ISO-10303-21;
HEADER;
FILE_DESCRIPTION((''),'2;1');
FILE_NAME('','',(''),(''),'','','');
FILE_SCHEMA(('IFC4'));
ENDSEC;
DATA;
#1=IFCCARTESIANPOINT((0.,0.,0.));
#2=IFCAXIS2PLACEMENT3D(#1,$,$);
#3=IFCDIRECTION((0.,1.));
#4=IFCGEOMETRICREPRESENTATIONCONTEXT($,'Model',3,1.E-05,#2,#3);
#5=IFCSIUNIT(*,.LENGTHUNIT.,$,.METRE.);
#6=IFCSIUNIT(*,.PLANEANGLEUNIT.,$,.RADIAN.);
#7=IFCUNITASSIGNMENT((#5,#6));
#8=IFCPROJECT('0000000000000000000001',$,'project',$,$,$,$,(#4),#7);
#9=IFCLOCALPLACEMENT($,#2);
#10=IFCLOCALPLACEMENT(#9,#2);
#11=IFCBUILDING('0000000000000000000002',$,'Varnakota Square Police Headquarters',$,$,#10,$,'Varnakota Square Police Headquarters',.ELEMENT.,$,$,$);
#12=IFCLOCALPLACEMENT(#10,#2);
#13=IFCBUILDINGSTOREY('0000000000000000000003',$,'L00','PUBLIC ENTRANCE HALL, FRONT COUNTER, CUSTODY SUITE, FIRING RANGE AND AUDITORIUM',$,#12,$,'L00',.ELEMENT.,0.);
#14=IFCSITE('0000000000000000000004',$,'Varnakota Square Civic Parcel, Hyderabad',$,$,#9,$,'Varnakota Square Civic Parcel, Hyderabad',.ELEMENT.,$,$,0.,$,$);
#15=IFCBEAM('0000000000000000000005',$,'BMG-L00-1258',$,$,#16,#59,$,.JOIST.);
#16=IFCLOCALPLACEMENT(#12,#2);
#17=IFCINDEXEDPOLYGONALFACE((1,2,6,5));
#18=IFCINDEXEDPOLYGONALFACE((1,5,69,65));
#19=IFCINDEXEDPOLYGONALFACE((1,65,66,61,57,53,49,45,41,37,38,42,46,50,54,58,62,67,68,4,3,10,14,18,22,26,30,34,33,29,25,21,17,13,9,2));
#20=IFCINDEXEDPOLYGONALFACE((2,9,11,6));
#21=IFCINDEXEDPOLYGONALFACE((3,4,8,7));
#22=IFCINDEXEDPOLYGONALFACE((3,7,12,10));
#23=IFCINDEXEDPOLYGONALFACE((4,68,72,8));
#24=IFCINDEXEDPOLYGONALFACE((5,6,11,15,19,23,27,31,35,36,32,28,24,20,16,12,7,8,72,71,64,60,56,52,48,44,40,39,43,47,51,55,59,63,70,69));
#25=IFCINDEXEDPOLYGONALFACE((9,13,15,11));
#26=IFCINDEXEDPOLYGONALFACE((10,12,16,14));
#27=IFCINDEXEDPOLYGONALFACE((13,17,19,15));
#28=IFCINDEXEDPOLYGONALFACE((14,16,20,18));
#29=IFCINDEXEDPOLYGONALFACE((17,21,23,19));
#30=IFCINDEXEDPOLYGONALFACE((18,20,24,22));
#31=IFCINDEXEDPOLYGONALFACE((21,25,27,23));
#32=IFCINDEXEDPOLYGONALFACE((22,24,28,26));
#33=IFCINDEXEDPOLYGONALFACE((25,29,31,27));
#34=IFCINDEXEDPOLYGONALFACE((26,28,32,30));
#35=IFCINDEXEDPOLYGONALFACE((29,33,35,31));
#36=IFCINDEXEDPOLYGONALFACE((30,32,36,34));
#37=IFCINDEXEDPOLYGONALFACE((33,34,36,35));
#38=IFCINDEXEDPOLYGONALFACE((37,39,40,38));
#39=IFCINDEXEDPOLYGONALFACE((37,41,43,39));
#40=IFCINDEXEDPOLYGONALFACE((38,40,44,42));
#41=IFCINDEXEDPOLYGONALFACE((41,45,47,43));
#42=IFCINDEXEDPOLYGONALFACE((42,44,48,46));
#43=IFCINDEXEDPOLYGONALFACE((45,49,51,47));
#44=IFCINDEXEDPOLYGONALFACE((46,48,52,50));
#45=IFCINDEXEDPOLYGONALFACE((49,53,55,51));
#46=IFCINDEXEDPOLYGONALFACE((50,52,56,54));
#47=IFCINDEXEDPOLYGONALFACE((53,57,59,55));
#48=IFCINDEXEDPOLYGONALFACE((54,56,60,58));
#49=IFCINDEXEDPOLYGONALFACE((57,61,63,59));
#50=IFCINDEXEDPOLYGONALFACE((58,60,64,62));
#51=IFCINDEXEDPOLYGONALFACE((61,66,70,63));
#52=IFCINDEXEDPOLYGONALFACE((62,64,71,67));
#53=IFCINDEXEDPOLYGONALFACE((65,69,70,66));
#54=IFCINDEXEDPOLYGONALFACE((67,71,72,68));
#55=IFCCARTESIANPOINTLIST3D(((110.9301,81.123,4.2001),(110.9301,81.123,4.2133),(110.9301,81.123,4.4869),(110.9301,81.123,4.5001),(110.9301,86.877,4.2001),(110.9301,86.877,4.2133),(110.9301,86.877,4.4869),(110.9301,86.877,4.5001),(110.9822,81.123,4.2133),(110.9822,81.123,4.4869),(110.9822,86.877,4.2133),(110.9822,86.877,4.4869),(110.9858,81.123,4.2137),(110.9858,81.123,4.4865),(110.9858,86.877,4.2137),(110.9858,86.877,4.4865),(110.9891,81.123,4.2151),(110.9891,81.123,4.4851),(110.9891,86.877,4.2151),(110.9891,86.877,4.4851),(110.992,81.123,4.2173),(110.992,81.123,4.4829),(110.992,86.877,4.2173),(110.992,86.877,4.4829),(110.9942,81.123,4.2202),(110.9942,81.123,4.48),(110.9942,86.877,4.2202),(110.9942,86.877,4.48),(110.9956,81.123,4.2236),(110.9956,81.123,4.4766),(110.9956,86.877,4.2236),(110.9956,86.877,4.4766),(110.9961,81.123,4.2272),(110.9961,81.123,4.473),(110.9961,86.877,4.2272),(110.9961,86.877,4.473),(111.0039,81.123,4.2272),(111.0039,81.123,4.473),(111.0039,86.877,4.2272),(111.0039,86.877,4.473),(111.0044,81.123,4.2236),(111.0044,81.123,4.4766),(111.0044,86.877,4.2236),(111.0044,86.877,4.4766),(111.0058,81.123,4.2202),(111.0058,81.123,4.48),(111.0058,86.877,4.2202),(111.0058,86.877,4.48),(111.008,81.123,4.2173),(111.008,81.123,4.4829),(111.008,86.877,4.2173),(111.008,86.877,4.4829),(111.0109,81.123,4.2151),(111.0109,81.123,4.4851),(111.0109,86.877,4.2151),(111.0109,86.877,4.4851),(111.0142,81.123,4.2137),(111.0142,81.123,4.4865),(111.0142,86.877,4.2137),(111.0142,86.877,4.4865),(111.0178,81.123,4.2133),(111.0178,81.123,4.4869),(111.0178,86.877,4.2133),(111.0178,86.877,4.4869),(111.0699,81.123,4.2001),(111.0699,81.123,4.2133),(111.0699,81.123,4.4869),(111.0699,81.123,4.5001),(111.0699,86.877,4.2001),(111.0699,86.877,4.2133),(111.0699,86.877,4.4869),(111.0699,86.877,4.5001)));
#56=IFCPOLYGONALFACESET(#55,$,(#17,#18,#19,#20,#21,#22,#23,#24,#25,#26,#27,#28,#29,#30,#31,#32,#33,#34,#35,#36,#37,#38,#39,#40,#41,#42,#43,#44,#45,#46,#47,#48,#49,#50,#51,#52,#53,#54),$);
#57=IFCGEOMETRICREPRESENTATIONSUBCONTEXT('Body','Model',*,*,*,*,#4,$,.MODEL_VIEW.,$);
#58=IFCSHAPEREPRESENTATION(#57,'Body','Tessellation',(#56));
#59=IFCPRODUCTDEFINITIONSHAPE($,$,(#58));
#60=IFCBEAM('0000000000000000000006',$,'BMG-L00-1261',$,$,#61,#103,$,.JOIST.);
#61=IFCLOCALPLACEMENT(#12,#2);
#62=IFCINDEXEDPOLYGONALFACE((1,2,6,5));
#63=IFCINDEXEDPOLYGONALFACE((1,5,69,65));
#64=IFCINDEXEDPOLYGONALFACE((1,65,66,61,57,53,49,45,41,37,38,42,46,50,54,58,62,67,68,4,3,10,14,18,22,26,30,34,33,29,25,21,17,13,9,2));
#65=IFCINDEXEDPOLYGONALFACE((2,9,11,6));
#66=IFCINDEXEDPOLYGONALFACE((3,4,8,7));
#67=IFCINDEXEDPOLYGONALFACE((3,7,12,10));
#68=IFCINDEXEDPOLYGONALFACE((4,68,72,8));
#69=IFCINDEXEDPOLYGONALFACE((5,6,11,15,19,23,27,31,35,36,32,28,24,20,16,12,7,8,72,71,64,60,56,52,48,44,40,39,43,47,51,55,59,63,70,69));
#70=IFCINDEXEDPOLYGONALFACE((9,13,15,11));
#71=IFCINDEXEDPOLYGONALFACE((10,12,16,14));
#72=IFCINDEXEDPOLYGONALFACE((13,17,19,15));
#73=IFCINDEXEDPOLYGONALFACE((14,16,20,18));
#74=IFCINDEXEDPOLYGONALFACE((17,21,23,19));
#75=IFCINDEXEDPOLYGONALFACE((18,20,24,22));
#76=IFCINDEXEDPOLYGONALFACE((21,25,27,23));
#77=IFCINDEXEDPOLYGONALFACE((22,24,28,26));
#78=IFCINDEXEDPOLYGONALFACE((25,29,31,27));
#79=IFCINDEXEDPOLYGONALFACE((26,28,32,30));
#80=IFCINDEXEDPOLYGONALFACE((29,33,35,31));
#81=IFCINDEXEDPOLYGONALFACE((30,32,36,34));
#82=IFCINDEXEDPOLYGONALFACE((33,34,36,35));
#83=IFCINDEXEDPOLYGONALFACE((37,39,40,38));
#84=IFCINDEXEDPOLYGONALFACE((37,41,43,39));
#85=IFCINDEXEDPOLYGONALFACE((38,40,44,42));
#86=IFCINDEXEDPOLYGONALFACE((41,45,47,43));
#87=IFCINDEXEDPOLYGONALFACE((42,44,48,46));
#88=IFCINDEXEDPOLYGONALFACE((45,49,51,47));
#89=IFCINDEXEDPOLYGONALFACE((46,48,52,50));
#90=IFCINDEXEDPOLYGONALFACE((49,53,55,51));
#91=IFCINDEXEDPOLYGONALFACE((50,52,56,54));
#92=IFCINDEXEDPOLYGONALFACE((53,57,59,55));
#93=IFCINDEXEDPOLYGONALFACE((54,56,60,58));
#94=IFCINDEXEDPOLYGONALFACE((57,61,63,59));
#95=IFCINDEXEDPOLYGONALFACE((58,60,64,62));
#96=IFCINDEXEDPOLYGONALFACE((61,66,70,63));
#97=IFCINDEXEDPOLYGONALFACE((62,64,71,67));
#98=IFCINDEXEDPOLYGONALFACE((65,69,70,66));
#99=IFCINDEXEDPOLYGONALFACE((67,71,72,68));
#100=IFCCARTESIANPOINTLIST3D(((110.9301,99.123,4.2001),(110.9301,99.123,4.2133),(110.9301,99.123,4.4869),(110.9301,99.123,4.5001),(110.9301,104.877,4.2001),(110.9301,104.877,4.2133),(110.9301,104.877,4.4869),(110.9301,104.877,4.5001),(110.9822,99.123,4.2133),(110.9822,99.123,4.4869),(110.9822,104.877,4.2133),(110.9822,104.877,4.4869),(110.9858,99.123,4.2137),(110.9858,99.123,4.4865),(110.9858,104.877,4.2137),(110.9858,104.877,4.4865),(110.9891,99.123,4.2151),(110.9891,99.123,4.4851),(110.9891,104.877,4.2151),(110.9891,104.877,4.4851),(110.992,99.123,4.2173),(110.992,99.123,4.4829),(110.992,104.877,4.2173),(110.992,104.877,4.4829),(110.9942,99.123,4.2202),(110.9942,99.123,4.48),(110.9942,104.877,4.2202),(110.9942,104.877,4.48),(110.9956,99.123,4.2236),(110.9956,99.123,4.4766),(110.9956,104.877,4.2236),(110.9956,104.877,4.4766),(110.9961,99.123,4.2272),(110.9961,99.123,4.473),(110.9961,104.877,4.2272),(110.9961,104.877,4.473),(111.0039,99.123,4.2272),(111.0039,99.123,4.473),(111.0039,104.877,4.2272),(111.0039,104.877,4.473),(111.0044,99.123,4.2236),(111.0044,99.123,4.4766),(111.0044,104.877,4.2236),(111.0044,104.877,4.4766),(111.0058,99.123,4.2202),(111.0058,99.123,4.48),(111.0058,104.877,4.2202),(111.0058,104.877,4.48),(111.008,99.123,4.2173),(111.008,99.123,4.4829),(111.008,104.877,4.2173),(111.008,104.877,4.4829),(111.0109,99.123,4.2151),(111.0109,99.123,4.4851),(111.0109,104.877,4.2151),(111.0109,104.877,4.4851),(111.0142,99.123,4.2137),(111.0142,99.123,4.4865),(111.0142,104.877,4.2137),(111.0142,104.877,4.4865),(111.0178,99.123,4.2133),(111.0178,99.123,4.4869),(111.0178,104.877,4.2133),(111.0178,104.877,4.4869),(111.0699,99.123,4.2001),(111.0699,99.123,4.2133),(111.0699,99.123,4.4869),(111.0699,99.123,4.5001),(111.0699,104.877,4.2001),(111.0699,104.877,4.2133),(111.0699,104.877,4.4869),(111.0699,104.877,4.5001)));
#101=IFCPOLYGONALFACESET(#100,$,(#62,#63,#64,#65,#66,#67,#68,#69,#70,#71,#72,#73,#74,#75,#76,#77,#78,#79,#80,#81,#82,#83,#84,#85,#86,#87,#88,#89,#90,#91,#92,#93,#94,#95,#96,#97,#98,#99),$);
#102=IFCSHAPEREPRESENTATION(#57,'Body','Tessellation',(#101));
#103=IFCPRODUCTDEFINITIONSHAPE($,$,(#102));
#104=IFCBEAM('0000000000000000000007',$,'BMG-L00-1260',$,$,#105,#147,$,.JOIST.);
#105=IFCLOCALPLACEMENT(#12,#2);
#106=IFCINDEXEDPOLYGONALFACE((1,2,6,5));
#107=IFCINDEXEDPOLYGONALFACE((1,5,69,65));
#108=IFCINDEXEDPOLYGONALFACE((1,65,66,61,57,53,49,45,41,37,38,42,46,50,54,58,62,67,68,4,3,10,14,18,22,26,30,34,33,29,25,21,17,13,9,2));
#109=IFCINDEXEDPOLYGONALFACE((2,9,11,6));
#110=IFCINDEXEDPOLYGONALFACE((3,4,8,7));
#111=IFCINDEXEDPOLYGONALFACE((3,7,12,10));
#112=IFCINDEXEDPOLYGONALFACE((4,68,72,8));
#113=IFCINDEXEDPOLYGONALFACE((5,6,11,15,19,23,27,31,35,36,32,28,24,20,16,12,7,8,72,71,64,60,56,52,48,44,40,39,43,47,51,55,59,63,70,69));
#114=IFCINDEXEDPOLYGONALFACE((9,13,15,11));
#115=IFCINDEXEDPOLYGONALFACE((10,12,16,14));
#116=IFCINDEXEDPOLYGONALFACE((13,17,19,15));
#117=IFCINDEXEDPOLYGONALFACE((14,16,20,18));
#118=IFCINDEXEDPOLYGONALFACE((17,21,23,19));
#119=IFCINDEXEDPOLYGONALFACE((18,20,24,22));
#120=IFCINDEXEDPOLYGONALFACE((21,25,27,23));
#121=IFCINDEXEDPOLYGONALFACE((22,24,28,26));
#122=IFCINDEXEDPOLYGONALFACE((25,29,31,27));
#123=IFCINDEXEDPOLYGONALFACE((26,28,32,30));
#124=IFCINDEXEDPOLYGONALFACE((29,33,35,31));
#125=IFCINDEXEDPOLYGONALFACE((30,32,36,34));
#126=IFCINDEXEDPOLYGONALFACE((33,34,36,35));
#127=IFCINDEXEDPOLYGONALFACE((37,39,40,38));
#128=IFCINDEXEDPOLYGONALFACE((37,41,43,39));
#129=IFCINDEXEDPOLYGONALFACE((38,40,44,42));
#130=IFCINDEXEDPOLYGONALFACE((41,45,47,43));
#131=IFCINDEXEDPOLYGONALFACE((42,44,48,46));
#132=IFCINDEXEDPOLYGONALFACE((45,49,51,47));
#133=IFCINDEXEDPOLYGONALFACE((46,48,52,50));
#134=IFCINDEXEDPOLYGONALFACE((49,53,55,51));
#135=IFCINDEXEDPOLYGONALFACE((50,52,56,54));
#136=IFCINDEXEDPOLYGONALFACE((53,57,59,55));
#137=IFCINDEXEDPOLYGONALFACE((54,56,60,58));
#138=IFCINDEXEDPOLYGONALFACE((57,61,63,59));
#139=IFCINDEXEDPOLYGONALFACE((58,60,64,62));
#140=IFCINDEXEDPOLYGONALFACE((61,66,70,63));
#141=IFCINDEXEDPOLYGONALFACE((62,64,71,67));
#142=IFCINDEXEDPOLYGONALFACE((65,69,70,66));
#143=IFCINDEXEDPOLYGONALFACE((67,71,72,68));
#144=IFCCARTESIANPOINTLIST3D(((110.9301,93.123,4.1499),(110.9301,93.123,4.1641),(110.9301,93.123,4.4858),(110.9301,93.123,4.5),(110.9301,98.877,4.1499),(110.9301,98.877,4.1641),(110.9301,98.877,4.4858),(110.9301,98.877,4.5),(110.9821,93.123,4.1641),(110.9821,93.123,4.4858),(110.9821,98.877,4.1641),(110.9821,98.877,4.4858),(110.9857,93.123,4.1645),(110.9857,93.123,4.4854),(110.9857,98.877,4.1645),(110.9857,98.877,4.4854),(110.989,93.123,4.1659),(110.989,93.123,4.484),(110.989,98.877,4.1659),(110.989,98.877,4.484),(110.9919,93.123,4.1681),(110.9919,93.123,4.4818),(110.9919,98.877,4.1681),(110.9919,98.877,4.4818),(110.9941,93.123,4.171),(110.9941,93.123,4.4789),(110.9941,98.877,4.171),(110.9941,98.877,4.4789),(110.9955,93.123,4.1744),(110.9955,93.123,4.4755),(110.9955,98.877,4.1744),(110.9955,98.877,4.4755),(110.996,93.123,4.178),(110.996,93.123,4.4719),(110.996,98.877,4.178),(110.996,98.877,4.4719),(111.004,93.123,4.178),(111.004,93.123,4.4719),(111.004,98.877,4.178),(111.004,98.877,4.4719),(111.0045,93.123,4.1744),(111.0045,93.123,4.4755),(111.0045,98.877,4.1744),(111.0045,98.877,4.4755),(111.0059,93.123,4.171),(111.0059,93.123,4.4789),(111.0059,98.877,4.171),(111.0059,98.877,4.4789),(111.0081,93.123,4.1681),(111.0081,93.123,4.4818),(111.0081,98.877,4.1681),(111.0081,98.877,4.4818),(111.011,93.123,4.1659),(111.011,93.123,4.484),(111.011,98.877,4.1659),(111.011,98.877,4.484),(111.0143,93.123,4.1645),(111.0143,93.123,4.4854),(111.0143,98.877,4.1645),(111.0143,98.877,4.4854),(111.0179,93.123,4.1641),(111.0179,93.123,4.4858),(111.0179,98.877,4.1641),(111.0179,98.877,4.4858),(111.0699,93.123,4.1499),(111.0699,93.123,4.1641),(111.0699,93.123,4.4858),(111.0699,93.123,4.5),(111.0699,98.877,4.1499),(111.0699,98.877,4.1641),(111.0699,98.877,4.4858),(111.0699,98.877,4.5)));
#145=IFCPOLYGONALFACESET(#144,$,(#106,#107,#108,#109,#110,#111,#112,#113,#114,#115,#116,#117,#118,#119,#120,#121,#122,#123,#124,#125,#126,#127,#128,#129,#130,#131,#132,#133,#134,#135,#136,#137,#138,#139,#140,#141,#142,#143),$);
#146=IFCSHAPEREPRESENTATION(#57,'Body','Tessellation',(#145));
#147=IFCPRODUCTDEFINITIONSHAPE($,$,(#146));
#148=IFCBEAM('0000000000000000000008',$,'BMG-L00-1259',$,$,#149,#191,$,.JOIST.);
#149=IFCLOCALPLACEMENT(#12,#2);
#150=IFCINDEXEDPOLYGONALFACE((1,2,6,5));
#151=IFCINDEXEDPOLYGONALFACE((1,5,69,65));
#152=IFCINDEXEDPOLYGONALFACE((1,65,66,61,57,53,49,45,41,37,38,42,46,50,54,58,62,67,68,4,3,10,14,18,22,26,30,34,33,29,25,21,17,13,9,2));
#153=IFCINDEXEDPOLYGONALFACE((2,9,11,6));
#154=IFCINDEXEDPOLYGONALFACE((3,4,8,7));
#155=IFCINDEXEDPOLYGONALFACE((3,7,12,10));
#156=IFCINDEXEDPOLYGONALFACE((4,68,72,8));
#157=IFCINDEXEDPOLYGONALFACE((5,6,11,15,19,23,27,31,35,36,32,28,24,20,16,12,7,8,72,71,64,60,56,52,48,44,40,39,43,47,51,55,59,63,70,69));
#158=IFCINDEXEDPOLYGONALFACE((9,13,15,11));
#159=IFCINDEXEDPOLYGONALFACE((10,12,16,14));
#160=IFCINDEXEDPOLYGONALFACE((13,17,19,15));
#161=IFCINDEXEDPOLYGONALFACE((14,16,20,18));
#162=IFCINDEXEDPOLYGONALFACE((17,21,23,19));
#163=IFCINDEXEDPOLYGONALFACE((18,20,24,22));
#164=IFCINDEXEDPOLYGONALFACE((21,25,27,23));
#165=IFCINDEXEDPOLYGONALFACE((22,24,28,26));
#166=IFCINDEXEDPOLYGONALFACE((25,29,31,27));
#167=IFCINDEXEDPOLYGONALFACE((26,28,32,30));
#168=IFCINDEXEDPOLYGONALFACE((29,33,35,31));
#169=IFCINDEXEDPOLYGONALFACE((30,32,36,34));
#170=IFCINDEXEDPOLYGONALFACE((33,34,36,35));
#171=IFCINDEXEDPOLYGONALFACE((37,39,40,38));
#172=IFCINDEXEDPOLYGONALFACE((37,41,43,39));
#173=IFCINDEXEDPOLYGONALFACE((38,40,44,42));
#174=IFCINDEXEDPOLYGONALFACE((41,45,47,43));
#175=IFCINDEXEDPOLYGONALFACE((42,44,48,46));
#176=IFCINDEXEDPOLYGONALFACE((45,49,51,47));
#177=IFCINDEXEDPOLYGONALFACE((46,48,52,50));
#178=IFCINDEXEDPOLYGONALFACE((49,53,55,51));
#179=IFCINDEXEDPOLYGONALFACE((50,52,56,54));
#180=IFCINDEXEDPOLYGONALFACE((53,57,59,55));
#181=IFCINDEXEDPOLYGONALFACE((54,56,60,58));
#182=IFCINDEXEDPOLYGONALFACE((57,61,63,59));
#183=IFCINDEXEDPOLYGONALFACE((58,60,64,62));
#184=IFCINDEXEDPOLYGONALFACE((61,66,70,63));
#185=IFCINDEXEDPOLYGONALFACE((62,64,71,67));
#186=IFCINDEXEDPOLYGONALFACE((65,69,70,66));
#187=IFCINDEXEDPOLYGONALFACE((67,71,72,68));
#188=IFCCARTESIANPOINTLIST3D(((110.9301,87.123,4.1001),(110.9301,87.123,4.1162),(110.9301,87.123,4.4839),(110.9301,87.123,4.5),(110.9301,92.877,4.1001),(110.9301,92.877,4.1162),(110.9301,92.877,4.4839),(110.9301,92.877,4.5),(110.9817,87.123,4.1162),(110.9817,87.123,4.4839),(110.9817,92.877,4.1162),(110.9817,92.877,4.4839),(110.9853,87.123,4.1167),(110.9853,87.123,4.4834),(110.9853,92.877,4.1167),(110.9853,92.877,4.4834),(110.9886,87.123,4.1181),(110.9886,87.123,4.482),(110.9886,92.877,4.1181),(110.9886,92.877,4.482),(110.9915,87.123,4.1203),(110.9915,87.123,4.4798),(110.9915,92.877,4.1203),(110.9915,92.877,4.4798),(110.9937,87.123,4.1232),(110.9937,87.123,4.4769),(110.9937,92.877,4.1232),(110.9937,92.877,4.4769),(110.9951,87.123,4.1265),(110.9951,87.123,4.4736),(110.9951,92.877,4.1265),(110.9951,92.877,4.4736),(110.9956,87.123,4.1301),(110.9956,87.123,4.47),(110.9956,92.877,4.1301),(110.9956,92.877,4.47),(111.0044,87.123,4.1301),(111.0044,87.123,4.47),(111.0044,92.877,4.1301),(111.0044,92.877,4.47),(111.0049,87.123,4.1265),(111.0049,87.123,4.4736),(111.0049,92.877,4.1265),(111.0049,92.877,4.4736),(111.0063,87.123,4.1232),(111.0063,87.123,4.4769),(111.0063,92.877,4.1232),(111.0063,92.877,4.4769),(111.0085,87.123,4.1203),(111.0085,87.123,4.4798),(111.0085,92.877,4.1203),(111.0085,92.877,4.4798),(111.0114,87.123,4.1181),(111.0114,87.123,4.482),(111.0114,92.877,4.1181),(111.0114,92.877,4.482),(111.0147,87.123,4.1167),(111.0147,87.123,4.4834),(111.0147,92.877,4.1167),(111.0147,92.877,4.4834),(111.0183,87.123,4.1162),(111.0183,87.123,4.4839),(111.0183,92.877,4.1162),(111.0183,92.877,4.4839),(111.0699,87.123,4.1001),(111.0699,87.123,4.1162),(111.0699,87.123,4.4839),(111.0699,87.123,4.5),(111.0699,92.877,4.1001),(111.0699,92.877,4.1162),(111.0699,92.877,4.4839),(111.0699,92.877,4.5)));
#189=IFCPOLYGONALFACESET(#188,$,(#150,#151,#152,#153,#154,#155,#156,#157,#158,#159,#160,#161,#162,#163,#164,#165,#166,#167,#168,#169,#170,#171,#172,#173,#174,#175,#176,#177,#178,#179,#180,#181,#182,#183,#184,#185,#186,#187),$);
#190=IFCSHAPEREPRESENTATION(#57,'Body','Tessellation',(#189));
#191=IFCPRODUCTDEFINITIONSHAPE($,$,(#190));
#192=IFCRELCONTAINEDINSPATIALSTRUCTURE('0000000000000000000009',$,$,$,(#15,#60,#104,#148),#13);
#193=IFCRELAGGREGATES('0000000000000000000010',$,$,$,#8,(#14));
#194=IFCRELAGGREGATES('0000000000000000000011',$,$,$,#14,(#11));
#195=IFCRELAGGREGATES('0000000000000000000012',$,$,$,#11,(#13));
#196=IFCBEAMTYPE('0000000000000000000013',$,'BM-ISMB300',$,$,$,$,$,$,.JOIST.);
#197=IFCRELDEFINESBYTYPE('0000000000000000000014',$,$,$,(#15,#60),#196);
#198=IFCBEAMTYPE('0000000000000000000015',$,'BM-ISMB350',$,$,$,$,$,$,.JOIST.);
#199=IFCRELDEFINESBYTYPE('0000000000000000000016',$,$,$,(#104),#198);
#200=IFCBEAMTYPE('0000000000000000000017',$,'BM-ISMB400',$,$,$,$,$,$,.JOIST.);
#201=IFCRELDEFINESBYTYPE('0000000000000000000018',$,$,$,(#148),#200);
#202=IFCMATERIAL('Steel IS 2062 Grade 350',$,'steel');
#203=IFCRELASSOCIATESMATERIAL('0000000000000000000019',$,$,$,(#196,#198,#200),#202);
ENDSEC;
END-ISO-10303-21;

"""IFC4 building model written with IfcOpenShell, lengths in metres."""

from ifc_helpers import new_model, si_unit, direction, frame, origin, origin_2d, place, context, subcontext, project, spatial, i_section, extrude, material, material_profile, profile_set, type_object, element, save


model = new_model("IFC4")

# Units and contexts
model_context = context("Model", 3, precision=1e-05, world=origin(), true_north=direction((0.0, 1.0)))
body_context = subcontext(model_context, "Body", "Model", "MODEL_VIEW")
ifc_project = project(units=[si_unit("LENGTHUNIT", "METRE"), si_unit("PLANEANGLEUNIT", "RADIAN")], contexts=[model_context])

# Site, building, storey
site_placement = place(None, origin())
site = spatial("IfcSite", under=ifc_project, at=site_placement, Name="Varnakota Square Civic Parcel, Hyderabad", LongName="Varnakota Square Civic Parcel, Hyderabad", CompositionType="ELEMENT", RefElevation=0.0)
building_placement = place(site_placement, origin())
building = spatial("IfcBuilding", under=site, at=building_placement, Name="Varnakota Square Police Headquarters", LongName="Varnakota Square Police Headquarters", CompositionType="ELEMENT")
storey_placement = place(building_placement, origin())
storey = spatial("IfcBuildingStorey", under=building, at=storey_placement, Name="L00", Description="PUBLIC ENTRANCE HALL, FRONT COUNTER, CUSTODY SUITE, FIRING RANGE AND AUDITORIUM", LongName="L00", CompositionType="ELEMENT", Elevation=0.0)

# Beams
ifc_material_1 = material(Name="Steel IS 2062 Grade 350", Category="steel")
ifc_material_profile_1 = material_profile(ifc_material_1, i_section(OverallWidth=0.1399, OverallDepth=0.3, WebThickness=0.0078, FlangeThickness=0.0132, FilletRadius=0.0139, at=origin_2d()), Name="ISMB 300")
ifc_profile_set_1 = profile_set([ifc_material_profile_1], Name="Steel IS 2062 Grade 350")
beam_type_1 = type_object("IfcBeamType", Name="BM-ISMB300", PredefinedType="JOIST", material=ifc_profile_set_1)
for number, where, z_axis, x_axis, name in (
    (1, (111.0, 81.123, 4.3501), (0.0, 1.0, 0.0), (-1.0, 0.0, 0.0), "BMG-L00-1258"),
    (2, (111.0, 99.123, 4.3501), (0.0, 1.0, 0.0), (-1.0, 0.0, 0.0), "BMG-L00-1261"),
):
    element("IfcBeam", number, at=place(storey_placement, frame(where, z_axis=z_axis, x_axis=x_axis)), inside=storey, type_object=beam_type_1, Name=name, PredefinedType="JOIST", context=body_context, shape_type="SweptSolid", body=[
        extrude(i_section(OverallWidth=0.1399, OverallDepth=0.3, WebThickness=0.0078, FlangeThickness=0.0132, FilletRadius=0.0139, at=origin_2d()), origin(), (0.0, 0.0, 1.0), 5.7539),
    ])
ifc_material_profile_2 = material_profile(ifc_material_1, i_section(OverallWidth=0.1399, OverallDepth=0.3501, WebThickness=0.0081, FlangeThickness=0.0142, FilletRadius=0.0139, at=origin_2d()), Name="ISMB 350")
ifc_profile_set_2 = profile_set([ifc_material_profile_2], Name="Steel IS 2062 Grade 350")
beam_type_2 = type_object("IfcBeamType", Name="BM-ISMB350", PredefinedType="JOIST", material=ifc_profile_set_2)
beam_1_placement = place(storey_placement, frame((111.0, 93.123, 4.325), z_axis=(0.0, 1.0, 0.0), x_axis=(-1.0, 0.0, 0.0)))
element("IfcBeam", 3, at=beam_1_placement, inside=storey, type_object=beam_type_2, Name="BMG-L00-1260", PredefinedType="JOIST", context=body_context, shape_type="SweptSolid", body=[
    extrude(i_section(OverallWidth=0.1399, OverallDepth=0.3501, WebThickness=0.0081, FlangeThickness=0.0142, FilletRadius=0.0139, at=origin_2d()), origin(), (0.0, 0.0, 1.0), 5.7539),
])
ifc_material_profile_3 = material_profile(ifc_material_1, i_section(OverallWidth=0.1399, OverallDepth=0.3999, WebThickness=0.0088, FlangeThickness=0.0161, FilletRadius=0.0139, at=origin_2d()), Name="ISMB 400")
ifc_profile_set_3 = profile_set([ifc_material_profile_3], Name="Steel IS 2062 Grade 350")
beam_type_3 = type_object("IfcBeamType", Name="BM-ISMB400", PredefinedType="JOIST", material=ifc_profile_set_3)
beam_2_placement = place(storey_placement, frame((111.0, 87.123, 4.3), z_axis=(0.0, 1.0, 0.0), x_axis=(-1.0, 0.0, 0.0)))
element("IfcBeam", 4, at=beam_2_placement, inside=storey, type_object=beam_type_3, Name="BMG-L00-1259", PredefinedType="JOIST", context=body_context, shape_type="SweptSolid", body=[
    extrude(i_section(OverallWidth=0.1399, OverallDepth=0.3999, WebThickness=0.0088, FlangeThickness=0.0161, FilletRadius=0.0139, at=origin_2d()), origin(), (0.0, 0.0, 1.0), 5.7539),
])

save(model, "model.ifc")
